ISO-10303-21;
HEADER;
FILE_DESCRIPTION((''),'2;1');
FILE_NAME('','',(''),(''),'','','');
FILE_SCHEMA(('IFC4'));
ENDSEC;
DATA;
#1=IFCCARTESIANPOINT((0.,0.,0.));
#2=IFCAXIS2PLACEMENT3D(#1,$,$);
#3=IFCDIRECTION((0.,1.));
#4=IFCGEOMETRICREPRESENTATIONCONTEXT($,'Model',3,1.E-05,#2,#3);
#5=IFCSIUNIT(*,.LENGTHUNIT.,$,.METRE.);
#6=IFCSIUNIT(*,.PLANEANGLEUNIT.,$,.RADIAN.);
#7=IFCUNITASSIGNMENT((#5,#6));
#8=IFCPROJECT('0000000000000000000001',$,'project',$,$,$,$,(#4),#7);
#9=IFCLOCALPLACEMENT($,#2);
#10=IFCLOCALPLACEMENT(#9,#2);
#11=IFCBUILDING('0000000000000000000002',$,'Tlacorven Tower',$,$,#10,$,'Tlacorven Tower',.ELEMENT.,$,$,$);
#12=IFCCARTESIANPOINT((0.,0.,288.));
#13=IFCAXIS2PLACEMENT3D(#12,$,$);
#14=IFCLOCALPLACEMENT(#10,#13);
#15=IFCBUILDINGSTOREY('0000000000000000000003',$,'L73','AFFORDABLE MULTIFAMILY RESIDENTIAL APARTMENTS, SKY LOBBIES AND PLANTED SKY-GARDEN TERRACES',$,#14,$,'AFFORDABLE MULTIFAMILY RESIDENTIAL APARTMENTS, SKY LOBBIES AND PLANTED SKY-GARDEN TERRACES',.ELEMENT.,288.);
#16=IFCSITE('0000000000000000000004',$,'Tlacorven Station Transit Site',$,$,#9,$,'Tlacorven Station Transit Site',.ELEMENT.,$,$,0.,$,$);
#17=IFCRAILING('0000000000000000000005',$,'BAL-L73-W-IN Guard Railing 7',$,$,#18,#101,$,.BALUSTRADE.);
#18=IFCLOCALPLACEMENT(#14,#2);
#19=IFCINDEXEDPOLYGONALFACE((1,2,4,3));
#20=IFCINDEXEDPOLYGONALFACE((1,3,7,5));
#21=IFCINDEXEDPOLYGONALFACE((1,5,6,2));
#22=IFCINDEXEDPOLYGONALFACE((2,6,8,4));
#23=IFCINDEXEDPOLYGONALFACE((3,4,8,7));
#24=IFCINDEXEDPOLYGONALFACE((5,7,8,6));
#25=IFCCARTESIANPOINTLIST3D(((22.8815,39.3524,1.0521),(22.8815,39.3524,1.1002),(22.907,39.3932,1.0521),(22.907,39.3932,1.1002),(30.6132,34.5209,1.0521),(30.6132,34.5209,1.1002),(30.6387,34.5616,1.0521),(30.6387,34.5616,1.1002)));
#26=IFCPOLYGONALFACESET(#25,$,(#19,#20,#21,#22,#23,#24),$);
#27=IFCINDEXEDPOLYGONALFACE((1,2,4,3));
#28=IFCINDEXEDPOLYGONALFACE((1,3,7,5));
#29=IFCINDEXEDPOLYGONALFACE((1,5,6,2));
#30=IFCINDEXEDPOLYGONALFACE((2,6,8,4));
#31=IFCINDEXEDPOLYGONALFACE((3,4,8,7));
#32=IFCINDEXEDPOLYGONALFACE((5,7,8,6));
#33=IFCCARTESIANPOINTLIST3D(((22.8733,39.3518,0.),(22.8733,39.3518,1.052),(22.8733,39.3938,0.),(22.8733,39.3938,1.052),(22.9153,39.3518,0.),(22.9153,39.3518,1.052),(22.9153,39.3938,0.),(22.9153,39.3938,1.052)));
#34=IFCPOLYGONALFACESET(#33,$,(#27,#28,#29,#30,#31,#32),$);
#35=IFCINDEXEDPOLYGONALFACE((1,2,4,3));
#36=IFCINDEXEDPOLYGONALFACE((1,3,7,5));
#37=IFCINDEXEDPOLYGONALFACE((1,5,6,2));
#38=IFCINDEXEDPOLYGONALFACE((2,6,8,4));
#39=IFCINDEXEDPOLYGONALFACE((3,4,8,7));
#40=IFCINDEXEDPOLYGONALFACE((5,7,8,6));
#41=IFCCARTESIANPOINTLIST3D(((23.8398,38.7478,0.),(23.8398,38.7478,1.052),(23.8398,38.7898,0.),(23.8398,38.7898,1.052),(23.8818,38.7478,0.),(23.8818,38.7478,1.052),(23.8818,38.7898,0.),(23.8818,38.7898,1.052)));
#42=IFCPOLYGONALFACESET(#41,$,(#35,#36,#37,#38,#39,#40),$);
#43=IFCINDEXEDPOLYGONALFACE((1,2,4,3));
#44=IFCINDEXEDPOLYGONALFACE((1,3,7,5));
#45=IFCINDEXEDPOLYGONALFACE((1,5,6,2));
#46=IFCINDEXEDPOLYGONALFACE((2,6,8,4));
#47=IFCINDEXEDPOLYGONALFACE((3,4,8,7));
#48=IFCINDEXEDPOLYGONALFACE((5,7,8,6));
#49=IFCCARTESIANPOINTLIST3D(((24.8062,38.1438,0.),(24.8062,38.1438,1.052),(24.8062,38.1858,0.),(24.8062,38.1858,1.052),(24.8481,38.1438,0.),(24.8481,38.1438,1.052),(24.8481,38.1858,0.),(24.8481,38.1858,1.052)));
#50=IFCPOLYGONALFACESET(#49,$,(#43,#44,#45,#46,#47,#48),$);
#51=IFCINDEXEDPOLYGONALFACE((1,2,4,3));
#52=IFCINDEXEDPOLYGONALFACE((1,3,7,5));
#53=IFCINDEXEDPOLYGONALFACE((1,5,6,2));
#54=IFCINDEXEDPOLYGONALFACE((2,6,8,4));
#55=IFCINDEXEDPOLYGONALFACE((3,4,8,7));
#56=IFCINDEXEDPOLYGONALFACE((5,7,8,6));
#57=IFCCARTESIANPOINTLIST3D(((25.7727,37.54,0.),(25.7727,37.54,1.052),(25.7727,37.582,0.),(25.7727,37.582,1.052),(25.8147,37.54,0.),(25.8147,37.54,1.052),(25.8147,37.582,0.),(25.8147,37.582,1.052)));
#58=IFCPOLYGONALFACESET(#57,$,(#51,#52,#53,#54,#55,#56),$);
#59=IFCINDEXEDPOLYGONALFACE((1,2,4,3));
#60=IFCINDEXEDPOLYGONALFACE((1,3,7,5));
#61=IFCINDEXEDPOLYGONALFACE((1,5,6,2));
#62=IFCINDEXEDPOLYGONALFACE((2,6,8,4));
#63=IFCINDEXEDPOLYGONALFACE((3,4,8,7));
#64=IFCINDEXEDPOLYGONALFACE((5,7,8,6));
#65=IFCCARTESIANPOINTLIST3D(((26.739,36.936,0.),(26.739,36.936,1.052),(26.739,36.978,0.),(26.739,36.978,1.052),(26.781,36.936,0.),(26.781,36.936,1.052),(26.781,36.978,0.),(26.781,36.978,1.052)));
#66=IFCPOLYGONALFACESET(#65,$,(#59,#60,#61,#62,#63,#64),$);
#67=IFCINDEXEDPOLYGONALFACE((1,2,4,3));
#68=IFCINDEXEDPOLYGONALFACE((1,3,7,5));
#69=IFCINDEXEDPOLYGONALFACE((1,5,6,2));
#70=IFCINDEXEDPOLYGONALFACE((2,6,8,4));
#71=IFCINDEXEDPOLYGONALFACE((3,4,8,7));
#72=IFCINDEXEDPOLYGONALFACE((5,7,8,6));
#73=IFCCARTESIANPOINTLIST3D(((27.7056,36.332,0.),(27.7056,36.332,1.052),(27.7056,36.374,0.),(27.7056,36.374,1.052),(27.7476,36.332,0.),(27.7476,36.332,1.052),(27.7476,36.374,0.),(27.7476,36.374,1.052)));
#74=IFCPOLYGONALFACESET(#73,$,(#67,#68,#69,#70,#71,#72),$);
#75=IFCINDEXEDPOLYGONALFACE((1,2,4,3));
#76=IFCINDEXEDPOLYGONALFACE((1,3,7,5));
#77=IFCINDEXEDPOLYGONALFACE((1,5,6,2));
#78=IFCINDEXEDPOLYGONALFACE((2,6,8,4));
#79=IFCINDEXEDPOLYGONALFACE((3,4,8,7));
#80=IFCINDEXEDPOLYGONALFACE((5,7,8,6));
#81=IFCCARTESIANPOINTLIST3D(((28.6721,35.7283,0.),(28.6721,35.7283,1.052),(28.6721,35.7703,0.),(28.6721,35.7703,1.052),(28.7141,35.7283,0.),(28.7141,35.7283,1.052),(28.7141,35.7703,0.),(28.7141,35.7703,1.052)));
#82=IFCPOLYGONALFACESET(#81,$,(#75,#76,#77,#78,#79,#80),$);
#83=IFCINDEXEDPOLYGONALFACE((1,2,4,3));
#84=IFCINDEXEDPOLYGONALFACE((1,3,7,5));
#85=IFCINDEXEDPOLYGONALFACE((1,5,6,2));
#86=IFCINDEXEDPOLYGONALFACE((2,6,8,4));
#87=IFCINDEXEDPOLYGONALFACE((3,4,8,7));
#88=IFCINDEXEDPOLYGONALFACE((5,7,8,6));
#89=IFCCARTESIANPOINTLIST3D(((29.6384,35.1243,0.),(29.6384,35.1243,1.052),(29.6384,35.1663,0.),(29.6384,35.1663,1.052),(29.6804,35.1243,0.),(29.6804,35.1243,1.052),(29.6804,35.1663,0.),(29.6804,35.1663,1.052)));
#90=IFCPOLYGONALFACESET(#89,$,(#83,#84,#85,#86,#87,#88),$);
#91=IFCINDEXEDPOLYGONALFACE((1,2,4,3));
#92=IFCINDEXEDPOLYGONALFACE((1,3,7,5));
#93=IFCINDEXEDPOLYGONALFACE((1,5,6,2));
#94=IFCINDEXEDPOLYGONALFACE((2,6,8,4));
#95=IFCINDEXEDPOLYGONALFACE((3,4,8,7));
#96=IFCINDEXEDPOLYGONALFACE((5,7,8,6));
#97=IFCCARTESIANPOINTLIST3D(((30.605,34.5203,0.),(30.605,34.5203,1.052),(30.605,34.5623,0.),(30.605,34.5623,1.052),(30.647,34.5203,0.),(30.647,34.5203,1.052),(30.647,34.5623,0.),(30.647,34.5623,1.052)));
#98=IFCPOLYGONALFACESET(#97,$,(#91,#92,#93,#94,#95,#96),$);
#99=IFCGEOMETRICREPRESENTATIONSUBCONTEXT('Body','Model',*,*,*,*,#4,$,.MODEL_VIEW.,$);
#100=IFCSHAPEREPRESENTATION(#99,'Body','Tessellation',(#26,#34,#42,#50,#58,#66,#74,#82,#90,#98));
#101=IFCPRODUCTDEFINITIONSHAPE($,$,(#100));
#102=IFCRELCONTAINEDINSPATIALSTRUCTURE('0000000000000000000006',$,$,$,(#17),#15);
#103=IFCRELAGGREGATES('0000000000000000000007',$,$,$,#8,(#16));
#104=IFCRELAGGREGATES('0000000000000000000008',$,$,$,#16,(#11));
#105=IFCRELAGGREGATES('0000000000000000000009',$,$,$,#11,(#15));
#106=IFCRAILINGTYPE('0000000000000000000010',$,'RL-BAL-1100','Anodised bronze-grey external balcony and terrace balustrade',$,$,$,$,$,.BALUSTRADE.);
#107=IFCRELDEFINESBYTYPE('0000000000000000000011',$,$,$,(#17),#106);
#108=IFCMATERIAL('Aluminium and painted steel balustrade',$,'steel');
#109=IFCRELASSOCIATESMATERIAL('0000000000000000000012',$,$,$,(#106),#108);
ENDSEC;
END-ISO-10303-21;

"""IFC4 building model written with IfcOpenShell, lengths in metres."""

from ifc_helpers import new_model, si_unit, direction, frame, origin, origin_2d, place, context, subcontext, project, spatial, rectangle, extrude, source, transform, mapped, material, type_object, element, save


model = new_model("IFC4")

# Units and contexts
model_context = context("Model", 3, precision=1e-05, world=origin(), true_north=direction((0.0, 1.0)))
body_context = subcontext(model_context, "Body", "Model", "MODEL_VIEW")
ifc_project = project(units=[si_unit("LENGTHUNIT", "METRE"), si_unit("PLANEANGLEUNIT", "RADIAN")], contexts=[model_context])

# Site, building, storey
site_placement = place(None, origin())
site = spatial("IfcSite", under=ifc_project, at=site_placement, Name="Tlacorven Station Transit Site", LongName="Tlacorven Station Transit Site", CompositionType="ELEMENT", RefElevation=0.0)
building_placement = place(site_placement, origin())
building = spatial("IfcBuilding", under=site, at=building_placement, Name="Tlacorven Tower", LongName="Tlacorven Tower", CompositionType="ELEMENT")
storey_placement = place(building_placement, frame((0.0, 0.0, 288.0)))
storey = spatial("IfcBuildingStorey", under=building, at=storey_placement, Name="L73", Description="AFFORDABLE MULTIFAMILY RESIDENTIAL APARTMENTS, SKY LOBBIES AND PLANTED SKY-GARDEN TERRACES", LongName="AFFORDABLE MULTIFAMILY RESIDENTIAL APARTMENTS, SKY LOBBIES AND PLANTED SKY-GARDEN TERRACES", CompositionType="ELEMENT", Elevation=288.0)

# Railing
ifc_material_1 = material(Name="Aluminium and painted steel balustrade", Category="steel")
railing_type = type_object("IfcRailingType", Name="RL-BAL-1100", Description="Anodised bronze-grey external balcony and terrace balustrade", PredefinedType="BALUSTRADE", material=ifc_material_1)
shared_shape_1 = source(origin(), body_context, "Body", "SweptSolid", [
    extrude(rectangle(XDim=0.0481, YDim=0.0481, at=origin_2d()), frame((0.0, 0.0, 1.0762), z_axis=(0.848036, -0.529939, 0.0), x_axis=(0.529939, 0.848036, 0.0)), (0.0, 0.0, 1.0), 9.1172),
    extrude(rectangle(XDim=0.042, YDim=0.042, at=origin_2d()), origin(), (0.0, 0.0, 1.0), 1.052),
    extrude(rectangle(XDim=0.042, YDim=0.042, at=origin_2d()), frame((0.9666, -0.604, 0.0)), (0.0, 0.0, 1.0), 1.052),
    extrude(rectangle(XDim=0.042, YDim=0.042, at=origin_2d()), frame((1.9329, -1.208, 0.0)), (0.0, 0.0, 1.0), 1.052),
    extrude(rectangle(XDim=0.042, YDim=0.042, at=origin_2d()), frame((2.8994, -1.8118, 0.0)), (0.0, 0.0, 1.0), 1.052),
    extrude(rectangle(XDim=0.042, YDim=0.042, at=origin_2d()), frame((3.8657, -2.4158, 0.0)), (0.0, 0.0, 1.0), 1.052),
    extrude(rectangle(XDim=0.042, YDim=0.042, at=origin_2d()), frame((4.8323, -3.0198, 0.0)), (0.0, 0.0, 1.0), 1.052),
    extrude(rectangle(XDim=0.042, YDim=0.042, at=origin_2d()), frame((5.7988, -3.6235, 0.0)), (0.0, 0.0, 1.0), 1.052),
    extrude(rectangle(XDim=0.042, YDim=0.042, at=origin_2d()), frame((6.7651, -4.2275, 0.0)), (0.0, 0.0, 1.0), 1.052),
    extrude(rectangle(XDim=0.042, YDim=0.042, at=origin_2d()), frame((7.7317, -4.8315, 0.0)), (0.0, 0.0, 1.0), 1.052),
])
railing_1_placement = place(storey_placement, frame((22.8943, 39.3728, 0.0)))
element("IfcRailing", 1, at=railing_1_placement, inside=storey, type_object=railing_type, Name="BAL-L73-W-IN Guard Railing 7", PredefinedType="BALUSTRADE", context=body_context, shape_type="MappedRepresentation", body=[
    mapped(shared_shape_1, transform((0.0, 0.0, 0.0), scale=1.0)),
])

save(model, "model.ifc")
